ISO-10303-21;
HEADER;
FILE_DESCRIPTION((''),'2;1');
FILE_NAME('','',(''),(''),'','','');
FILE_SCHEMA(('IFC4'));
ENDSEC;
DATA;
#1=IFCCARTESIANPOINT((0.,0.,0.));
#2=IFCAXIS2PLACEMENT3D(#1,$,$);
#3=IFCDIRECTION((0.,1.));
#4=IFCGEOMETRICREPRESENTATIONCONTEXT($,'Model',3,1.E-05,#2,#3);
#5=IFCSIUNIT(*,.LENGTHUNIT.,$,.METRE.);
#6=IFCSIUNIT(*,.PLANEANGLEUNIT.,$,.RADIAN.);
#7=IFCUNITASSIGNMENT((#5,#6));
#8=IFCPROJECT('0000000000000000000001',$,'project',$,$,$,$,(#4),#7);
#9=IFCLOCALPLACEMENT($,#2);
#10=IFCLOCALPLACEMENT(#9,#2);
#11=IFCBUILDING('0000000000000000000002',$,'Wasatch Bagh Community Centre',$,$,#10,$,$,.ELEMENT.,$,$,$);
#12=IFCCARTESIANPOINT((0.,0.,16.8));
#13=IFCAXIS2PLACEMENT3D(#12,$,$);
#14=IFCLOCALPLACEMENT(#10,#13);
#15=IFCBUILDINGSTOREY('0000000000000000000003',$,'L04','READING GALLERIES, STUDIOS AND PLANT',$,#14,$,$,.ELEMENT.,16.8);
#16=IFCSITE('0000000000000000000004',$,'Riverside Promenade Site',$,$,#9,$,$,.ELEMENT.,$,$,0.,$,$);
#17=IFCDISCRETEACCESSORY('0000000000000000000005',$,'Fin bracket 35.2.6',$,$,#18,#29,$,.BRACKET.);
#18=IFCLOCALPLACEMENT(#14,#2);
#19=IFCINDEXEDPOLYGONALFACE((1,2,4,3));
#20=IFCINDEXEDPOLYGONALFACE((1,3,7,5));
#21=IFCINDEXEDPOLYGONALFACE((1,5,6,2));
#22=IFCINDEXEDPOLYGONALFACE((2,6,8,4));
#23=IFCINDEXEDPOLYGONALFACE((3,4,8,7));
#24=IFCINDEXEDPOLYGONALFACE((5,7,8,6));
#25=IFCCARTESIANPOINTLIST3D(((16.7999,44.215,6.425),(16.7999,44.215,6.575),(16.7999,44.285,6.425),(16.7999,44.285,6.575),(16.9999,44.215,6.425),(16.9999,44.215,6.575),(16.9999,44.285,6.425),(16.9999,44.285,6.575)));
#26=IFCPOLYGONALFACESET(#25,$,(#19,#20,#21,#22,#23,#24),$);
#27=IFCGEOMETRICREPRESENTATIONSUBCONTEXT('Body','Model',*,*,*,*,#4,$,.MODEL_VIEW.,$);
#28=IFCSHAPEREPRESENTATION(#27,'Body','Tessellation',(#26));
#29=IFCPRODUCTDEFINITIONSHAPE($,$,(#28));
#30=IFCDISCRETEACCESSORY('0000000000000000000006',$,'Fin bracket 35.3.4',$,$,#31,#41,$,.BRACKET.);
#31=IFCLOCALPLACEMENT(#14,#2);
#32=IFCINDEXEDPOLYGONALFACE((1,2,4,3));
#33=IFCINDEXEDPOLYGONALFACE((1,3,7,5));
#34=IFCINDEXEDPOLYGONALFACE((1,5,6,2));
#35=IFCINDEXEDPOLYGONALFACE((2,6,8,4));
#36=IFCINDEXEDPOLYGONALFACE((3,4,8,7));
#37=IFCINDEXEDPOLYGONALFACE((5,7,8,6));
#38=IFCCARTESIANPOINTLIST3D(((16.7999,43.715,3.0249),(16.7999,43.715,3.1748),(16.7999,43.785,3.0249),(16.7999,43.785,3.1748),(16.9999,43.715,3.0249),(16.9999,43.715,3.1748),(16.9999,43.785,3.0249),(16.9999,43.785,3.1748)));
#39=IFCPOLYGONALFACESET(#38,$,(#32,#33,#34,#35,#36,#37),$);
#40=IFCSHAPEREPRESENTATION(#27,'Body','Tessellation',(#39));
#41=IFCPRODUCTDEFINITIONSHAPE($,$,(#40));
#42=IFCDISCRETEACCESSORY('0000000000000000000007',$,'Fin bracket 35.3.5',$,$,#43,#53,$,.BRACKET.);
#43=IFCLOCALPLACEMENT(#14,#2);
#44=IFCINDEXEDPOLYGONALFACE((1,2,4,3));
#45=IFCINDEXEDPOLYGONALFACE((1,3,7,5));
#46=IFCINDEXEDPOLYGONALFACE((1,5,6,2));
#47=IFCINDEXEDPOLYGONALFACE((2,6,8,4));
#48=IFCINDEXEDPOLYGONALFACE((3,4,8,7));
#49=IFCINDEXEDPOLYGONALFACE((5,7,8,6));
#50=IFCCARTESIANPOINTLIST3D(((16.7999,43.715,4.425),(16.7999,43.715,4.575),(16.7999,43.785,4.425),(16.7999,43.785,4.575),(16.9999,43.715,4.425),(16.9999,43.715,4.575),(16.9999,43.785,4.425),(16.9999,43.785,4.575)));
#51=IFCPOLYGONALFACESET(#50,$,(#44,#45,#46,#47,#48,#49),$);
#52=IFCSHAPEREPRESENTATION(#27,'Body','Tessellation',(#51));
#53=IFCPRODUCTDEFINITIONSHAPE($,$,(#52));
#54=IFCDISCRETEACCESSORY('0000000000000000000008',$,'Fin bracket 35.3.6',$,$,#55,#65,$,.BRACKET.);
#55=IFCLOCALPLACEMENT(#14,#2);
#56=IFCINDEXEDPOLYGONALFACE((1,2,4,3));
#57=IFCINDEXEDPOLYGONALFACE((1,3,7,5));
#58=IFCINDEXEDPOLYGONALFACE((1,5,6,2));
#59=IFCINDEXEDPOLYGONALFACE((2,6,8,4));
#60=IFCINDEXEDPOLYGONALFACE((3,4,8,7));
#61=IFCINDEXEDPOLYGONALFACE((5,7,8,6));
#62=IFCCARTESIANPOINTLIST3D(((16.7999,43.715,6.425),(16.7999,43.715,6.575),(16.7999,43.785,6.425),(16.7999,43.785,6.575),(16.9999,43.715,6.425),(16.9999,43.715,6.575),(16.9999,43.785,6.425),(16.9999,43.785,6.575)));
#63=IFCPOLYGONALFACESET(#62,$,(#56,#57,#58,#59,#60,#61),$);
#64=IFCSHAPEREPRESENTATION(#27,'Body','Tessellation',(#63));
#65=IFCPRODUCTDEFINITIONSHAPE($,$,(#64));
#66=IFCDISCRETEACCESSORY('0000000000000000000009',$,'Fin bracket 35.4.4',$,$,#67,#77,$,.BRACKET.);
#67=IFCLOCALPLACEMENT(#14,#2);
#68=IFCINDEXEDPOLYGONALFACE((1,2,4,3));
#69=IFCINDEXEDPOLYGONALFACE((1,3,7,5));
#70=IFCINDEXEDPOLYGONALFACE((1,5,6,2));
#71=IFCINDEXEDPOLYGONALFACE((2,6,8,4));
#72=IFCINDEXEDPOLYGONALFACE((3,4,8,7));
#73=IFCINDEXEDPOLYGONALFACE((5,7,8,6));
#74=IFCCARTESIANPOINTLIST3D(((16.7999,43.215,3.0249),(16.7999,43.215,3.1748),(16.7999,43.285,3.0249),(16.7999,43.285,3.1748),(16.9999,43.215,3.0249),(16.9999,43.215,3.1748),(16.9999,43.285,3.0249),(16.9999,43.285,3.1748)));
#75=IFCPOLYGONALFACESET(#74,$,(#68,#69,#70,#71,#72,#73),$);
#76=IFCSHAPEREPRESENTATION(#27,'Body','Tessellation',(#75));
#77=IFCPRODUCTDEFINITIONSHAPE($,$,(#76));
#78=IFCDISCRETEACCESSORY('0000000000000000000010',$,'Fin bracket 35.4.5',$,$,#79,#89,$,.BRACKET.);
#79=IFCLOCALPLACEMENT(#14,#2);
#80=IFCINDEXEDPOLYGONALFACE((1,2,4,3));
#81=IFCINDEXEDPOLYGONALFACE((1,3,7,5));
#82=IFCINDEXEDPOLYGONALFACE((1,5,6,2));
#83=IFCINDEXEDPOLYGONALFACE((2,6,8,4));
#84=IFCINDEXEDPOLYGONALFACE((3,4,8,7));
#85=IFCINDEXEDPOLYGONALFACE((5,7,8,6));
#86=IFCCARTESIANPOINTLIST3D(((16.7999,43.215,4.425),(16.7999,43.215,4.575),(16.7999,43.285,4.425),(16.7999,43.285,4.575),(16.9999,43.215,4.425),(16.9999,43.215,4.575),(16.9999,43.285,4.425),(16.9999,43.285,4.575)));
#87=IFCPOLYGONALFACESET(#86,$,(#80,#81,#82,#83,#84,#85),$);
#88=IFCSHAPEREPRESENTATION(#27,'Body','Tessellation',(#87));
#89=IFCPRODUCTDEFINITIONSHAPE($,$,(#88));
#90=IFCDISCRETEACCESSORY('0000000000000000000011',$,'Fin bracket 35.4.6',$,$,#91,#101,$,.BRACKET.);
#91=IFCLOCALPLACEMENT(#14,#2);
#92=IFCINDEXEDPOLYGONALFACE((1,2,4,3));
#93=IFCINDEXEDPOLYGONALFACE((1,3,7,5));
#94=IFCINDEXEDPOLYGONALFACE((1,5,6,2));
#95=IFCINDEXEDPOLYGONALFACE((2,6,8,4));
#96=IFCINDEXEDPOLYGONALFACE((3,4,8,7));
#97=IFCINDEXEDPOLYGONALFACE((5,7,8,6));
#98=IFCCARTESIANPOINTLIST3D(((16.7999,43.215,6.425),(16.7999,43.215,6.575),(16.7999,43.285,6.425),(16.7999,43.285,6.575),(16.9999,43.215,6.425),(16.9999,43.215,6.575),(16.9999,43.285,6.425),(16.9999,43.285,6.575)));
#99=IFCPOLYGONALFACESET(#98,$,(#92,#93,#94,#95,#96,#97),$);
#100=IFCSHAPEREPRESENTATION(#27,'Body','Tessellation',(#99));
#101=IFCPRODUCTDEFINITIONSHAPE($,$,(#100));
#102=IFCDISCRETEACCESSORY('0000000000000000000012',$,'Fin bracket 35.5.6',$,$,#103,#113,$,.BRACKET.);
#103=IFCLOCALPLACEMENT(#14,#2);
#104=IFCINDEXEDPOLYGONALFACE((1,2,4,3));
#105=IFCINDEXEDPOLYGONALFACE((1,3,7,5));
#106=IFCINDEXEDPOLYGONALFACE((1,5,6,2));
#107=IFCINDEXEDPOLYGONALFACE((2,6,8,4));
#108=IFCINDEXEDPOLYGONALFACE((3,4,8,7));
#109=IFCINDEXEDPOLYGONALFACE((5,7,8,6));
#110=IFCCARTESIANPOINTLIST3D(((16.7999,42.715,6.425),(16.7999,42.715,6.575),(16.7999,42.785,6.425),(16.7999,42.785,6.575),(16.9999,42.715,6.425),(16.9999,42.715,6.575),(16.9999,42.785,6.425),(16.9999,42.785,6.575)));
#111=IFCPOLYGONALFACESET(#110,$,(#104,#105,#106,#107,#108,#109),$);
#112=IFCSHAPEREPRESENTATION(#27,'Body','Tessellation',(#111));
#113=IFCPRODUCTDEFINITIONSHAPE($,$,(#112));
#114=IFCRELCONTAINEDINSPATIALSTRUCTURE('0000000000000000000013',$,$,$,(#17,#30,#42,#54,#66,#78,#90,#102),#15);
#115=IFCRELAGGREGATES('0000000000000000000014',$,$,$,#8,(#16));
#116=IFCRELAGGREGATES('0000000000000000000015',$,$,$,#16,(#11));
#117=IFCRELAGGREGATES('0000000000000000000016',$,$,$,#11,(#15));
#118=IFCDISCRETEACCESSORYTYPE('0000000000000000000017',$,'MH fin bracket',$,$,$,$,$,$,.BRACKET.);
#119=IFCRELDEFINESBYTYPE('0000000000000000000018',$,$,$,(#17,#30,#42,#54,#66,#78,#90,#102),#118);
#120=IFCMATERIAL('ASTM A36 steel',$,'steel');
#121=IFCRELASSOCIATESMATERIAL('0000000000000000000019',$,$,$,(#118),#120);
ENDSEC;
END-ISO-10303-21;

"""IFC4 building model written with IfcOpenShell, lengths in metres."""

from ifc_helpers import new_model, si_unit, direction, frame, origin, origin_2d, place, context, subcontext, project, spatial, rectangle, extrude, material, type_object, element, save


model = new_model("IFC4")

# Units and contexts
model_context = context("Model", 3, precision=1e-05, world=origin(), true_north=direction((0.0, 1.0)))
body_context = subcontext(model_context, "Body", "Model", "MODEL_VIEW")
ifc_project = project(units=[si_unit("LENGTHUNIT", "METRE"), si_unit("PLANEANGLEUNIT", "RADIAN")], contexts=[model_context])

# Site, building, storey
site_placement = place(None, origin())
site = spatial("IfcSite", under=ifc_project, at=site_placement, Name="Riverside Promenade Site", CompositionType="ELEMENT", RefElevation=0.0)
building_placement = place(site_placement, origin())
building = spatial("IfcBuilding", under=site, at=building_placement, Name="Wasatch Bagh Community Centre", CompositionType="ELEMENT")
storey_placement = place(building_placement, frame((0.0, 0.0, 16.8)))
storey = spatial("IfcBuildingStorey", under=building, at=storey_placement, Name="L04", Description="READING GALLERIES, STUDIOS AND PLANT", CompositionType="ELEMENT", Elevation=16.8)

# Discrete accessories
ifc_material = material(Name="ASTM A36 steel", Category="steel")
discrete_accessory_type = type_object("IfcDiscreteAccessoryType", Name="MH fin bracket", PredefinedType="BRACKET", material=ifc_material)
for number, where, z_axis, x_axis, name in (
    (1, (16.8999, 44.25, 6.425), (0.0, 0.0, 1.0), (0.0, -1.0, 0.0), "Fin bracket 35.2.6"),
    (2, (16.8999, 43.75, 3.0249), (0.0, 0.0, 1.0), (0.0, -1.0, 0.0), "Fin bracket 35.3.4"),
    (3, (16.8999, 43.75, 4.425), (0.0, 0.0, 1.0), (0.0, -1.0, 0.0), "Fin bracket 35.3.5"),
    (4, (16.8999, 43.75, 6.425), (0.0, 0.0, 1.0), (0.0, -1.0, 0.0), "Fin bracket 35.3.6"),
    (5, (16.8999, 43.25, 3.0249), (0.0, 0.0, 1.0), (0.0, -1.0, 0.0), "Fin bracket 35.4.4"),
    (6, (16.8999, 43.25, 4.425), (0.0, 0.0, 1.0), (0.0, -1.0, 0.0), "Fin bracket 35.4.5"),
    (7, (16.8999, 43.25, 6.425), (0.0, 0.0, 1.0), (0.0, -1.0, 0.0), "Fin bracket 35.4.6"),
    (8, (16.8999, 42.75, 6.425), (0.0, 0.0, 1.0), (0.0, -1.0, 0.0), "Fin bracket 35.5.6"),
):
    element("IfcDiscreteAccessory", number, at=place(storey_placement, frame(where, z_axis=z_axis, x_axis=x_axis)), inside=storey, type_object=discrete_accessory_type, Name=name, PredefinedType="BRACKET", context=body_context, shape_type="SweptSolid", body=[
        extrude(rectangle(XDim=0.0701, YDim=0.2, at=origin_2d()), origin(), (0.0, 0.0, 1.0), 0.1499),
    ])

save(model, "model.ifc")
